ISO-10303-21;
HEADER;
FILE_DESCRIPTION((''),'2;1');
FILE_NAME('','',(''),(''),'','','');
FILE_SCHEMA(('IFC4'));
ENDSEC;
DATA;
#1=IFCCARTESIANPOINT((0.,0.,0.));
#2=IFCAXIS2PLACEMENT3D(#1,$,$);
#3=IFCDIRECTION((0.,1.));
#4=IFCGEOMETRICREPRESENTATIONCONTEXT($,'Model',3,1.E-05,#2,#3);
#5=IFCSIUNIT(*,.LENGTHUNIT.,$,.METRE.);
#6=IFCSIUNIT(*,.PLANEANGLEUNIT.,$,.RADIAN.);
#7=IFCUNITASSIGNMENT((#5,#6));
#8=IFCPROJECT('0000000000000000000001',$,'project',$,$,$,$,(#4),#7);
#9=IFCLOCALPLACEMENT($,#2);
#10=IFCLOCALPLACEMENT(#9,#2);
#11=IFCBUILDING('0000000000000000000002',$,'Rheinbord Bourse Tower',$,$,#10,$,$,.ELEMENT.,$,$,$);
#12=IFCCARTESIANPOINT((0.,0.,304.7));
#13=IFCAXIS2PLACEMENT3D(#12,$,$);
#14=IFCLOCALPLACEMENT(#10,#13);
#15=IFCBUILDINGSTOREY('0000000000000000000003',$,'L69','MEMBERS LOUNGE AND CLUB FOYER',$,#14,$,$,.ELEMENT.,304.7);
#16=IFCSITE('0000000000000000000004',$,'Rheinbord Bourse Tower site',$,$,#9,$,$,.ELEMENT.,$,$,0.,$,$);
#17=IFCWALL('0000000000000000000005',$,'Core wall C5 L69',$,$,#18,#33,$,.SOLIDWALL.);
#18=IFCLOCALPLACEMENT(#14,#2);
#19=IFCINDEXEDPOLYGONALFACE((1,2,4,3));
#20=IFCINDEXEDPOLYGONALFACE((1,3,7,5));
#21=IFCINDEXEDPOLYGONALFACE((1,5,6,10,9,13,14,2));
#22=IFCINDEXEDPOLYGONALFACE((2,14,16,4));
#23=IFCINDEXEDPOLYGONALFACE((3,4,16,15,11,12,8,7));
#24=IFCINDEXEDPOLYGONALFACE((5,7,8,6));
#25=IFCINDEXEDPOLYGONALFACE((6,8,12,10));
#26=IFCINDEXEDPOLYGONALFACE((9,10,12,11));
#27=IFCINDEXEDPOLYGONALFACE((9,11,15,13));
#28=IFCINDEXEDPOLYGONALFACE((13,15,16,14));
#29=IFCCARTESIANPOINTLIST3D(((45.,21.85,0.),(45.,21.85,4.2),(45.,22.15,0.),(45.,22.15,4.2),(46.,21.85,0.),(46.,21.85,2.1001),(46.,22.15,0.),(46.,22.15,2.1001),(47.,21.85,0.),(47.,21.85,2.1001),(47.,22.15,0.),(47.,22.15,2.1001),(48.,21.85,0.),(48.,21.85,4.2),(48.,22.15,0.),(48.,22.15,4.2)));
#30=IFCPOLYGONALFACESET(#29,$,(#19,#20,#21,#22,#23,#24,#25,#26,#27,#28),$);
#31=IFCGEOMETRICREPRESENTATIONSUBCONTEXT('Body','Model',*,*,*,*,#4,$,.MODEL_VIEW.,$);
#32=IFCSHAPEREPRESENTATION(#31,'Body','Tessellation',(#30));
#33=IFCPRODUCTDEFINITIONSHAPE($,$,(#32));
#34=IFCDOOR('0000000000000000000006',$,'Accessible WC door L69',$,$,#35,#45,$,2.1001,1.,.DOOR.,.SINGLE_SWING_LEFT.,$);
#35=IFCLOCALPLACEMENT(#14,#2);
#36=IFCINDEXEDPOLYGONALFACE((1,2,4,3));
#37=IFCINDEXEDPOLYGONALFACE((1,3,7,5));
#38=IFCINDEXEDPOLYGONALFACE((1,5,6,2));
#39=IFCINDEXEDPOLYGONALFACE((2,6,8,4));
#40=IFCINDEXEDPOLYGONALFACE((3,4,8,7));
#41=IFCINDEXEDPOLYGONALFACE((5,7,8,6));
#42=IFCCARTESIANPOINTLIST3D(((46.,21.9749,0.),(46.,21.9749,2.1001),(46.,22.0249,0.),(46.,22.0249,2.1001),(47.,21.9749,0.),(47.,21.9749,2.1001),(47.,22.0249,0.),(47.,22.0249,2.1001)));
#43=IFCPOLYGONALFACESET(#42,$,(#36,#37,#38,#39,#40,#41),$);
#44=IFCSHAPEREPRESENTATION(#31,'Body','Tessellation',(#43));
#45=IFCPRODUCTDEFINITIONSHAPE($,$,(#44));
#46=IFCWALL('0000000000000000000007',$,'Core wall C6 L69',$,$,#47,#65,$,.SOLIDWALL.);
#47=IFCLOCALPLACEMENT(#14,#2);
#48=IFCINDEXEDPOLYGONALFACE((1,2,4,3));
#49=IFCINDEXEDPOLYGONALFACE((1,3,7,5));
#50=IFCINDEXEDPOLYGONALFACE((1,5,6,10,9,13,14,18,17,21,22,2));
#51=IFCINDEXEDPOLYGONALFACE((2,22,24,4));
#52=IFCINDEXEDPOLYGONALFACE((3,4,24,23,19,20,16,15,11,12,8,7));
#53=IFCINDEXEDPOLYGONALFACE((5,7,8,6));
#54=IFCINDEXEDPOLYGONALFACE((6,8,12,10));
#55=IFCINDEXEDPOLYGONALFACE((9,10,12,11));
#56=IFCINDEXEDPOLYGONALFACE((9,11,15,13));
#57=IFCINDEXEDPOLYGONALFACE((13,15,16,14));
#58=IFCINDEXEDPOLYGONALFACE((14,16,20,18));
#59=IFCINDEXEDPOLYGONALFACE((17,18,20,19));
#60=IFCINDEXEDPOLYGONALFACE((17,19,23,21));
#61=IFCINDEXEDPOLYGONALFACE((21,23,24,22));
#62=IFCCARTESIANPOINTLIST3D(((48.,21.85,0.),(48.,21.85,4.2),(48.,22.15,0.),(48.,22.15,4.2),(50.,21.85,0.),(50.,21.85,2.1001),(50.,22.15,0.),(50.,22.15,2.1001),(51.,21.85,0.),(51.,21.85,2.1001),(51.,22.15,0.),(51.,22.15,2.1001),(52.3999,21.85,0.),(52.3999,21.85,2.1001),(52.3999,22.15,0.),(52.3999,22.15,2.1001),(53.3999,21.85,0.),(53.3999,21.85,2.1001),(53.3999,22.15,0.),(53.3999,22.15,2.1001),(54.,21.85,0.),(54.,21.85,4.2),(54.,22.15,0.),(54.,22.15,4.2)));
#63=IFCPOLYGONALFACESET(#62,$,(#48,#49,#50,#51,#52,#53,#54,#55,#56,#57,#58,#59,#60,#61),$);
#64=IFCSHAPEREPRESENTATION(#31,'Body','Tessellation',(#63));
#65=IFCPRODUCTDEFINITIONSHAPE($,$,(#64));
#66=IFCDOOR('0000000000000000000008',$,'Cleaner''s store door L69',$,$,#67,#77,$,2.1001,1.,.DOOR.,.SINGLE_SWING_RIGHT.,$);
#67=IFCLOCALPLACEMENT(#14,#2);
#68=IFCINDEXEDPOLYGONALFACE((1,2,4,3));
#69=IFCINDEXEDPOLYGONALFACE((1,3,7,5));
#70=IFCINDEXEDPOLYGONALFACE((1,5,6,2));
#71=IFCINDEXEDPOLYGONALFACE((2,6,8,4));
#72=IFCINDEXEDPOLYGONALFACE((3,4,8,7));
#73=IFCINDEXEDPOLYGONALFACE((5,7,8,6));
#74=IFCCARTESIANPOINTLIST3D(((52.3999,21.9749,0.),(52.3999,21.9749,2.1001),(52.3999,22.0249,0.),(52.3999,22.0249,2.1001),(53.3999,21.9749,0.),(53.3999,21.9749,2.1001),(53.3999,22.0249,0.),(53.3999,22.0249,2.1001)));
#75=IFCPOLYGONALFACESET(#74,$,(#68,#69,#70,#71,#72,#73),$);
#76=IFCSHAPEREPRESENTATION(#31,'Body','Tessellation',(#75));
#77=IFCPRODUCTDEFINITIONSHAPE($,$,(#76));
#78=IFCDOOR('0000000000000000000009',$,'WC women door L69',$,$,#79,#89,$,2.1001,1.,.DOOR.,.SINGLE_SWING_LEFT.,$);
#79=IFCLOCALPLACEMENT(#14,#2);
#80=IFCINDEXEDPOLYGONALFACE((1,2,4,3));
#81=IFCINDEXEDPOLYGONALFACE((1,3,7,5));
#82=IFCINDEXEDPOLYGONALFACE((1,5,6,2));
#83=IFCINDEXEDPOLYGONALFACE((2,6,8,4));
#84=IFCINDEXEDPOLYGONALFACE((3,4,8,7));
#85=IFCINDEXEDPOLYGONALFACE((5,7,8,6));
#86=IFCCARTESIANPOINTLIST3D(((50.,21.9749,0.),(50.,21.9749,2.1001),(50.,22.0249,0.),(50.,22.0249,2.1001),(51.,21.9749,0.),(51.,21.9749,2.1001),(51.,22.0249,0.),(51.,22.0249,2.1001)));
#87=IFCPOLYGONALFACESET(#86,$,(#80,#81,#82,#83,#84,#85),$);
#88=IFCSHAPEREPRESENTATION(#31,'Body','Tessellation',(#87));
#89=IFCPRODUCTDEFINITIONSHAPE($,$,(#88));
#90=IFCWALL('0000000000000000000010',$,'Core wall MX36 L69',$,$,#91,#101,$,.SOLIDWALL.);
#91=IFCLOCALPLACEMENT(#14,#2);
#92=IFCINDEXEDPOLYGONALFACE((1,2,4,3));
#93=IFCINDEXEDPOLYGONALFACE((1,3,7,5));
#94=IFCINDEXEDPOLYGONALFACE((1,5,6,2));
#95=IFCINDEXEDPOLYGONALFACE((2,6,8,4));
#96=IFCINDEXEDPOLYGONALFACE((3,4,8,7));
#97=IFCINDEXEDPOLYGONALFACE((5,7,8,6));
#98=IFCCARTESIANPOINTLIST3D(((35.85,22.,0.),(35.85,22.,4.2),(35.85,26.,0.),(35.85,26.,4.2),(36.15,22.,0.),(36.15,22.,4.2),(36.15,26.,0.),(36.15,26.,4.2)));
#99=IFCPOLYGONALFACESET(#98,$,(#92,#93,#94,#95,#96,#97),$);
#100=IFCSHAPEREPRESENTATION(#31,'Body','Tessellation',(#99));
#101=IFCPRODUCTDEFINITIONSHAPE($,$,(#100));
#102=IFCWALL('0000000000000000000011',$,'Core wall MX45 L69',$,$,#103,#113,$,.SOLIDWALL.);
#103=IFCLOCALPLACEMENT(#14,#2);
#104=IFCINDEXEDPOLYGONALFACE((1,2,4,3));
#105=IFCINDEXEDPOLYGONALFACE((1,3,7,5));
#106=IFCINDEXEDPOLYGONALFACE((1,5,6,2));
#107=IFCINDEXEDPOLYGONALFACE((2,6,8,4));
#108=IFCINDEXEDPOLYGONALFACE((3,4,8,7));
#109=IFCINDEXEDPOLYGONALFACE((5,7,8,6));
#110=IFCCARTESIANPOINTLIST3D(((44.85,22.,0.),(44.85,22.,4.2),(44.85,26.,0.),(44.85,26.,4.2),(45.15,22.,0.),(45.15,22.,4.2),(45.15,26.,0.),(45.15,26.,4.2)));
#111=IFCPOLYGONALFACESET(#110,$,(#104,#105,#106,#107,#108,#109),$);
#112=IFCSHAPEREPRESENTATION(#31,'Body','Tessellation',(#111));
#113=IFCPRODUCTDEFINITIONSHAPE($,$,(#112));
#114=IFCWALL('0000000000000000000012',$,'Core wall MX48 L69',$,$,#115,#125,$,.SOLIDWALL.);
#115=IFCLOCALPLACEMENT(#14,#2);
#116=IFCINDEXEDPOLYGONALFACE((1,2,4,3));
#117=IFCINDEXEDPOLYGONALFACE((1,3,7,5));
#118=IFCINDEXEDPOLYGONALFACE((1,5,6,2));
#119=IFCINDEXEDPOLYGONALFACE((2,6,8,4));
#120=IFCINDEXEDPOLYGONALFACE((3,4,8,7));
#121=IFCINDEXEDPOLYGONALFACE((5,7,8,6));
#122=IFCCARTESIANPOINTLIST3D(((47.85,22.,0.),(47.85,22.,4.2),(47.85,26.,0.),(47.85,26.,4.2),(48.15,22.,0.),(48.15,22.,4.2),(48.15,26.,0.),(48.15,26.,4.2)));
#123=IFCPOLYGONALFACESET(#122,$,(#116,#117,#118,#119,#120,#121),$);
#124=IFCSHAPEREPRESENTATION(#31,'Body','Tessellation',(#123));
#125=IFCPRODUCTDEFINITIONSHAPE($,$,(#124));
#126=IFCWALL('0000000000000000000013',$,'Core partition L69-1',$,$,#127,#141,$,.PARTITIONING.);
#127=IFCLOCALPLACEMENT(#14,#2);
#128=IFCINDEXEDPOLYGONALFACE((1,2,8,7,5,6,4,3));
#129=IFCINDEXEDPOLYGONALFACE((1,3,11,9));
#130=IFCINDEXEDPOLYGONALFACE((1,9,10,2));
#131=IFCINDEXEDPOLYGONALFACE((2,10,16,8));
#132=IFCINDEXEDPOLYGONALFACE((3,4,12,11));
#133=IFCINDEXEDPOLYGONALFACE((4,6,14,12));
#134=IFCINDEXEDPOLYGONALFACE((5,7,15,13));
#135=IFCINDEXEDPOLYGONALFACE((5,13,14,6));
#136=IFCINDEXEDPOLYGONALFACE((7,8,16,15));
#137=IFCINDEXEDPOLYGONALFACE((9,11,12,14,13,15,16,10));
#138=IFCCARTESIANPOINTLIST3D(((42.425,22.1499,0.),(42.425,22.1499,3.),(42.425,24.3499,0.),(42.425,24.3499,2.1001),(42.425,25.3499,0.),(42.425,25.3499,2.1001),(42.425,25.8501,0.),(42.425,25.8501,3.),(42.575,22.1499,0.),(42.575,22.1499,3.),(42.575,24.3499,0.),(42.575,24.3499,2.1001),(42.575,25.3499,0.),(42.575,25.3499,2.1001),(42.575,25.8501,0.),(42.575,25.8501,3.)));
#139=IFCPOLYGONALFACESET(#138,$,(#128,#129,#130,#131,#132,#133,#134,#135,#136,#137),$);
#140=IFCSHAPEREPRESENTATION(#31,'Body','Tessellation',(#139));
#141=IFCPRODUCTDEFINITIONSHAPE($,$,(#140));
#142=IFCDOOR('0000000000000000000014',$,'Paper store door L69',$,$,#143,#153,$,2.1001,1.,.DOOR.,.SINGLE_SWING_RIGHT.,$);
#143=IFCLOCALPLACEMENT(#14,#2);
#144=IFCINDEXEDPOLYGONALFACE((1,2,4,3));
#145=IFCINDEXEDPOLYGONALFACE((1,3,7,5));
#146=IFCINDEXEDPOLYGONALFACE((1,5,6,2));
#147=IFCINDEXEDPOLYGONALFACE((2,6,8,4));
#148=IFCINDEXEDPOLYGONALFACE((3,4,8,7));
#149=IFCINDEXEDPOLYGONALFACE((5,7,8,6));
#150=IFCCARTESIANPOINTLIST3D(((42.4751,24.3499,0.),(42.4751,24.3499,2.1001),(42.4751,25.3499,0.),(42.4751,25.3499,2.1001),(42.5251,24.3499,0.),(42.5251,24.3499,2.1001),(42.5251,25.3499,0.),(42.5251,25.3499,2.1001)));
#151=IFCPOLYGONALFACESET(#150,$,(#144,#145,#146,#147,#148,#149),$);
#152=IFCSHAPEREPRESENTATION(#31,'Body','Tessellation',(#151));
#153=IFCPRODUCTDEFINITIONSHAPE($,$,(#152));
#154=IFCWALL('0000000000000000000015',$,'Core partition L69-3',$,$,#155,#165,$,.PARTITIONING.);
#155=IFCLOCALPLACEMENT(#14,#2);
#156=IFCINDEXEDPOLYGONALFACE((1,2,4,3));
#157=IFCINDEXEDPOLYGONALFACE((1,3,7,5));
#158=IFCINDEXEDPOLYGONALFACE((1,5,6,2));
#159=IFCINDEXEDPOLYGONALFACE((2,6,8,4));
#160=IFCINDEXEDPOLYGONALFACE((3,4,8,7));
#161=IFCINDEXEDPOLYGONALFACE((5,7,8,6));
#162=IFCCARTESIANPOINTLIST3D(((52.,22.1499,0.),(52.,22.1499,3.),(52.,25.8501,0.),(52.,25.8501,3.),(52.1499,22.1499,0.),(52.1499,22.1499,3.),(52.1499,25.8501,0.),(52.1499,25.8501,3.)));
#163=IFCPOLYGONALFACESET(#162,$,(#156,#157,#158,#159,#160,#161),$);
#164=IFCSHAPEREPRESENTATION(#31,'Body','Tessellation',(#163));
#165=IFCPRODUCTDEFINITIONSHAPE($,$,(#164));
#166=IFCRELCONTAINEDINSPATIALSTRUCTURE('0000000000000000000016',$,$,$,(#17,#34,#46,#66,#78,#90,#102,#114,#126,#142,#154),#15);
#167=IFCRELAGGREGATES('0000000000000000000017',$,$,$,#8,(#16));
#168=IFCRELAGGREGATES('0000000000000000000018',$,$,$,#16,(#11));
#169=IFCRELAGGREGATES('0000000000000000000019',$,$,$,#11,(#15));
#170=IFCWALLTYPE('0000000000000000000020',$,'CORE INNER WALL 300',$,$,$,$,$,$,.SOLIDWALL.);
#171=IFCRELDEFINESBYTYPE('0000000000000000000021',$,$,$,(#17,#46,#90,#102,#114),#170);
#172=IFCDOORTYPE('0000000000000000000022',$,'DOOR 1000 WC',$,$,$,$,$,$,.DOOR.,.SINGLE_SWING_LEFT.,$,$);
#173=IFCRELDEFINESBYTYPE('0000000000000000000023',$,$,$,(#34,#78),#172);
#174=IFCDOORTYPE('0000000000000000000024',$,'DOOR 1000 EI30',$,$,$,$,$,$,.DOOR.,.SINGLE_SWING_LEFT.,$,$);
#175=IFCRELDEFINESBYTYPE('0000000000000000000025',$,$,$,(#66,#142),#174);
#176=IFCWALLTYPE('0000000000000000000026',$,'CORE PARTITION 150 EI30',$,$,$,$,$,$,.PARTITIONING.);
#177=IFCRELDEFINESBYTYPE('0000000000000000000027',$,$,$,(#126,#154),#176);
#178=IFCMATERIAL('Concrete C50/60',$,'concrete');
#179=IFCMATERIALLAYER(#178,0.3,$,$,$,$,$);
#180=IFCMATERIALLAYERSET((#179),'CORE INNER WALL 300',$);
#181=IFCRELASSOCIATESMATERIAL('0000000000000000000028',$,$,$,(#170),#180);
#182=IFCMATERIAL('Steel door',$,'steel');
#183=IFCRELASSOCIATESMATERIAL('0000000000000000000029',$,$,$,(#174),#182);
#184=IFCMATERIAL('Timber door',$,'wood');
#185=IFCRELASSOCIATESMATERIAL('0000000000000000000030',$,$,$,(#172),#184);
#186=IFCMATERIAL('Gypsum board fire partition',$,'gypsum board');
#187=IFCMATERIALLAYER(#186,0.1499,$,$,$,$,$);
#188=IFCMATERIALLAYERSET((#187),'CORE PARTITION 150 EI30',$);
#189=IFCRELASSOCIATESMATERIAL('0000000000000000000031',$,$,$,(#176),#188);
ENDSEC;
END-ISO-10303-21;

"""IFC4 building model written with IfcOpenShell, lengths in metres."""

from ifc_helpers import new_model, si_unit, direction, frame, frame_2d, origin, place, context, subcontext, project, spatial, rectangle, extrude, material, layer, layer_set, type_object, element, fill, save


model = new_model("IFC4")

# Units and contexts
model_context = context("Model", 3, precision=1e-05, world=origin(), true_north=direction((0.0, 1.0)))
body_context = subcontext(model_context, "Body", "Model", "MODEL_VIEW")
ifc_project = project(units=[si_unit("LENGTHUNIT", "METRE"), si_unit("PLANEANGLEUNIT", "RADIAN")], contexts=[model_context])

# Site, building, storey
site_placement = place(None, origin())
site = spatial("IfcSite", under=ifc_project, at=site_placement, Name="Rheinbord Bourse Tower site", CompositionType="ELEMENT", RefElevation=0.0)
building_placement = place(site_placement, origin())
building = spatial("IfcBuilding", under=site, at=building_placement, Name="Rheinbord Bourse Tower", CompositionType="ELEMENT")
storey_placement = place(building_placement, frame((0.0, 0.0, 304.7)))
storey = spatial("IfcBuildingStorey", under=building, at=storey_placement, Name="L69", Description="MEMBERS LOUNGE AND CLUB FOYER", CompositionType="ELEMENT", Elevation=304.7)

# Wall, opening, door
ifc_material_1 = material(Name="Concrete C50/60", Category="concrete")
ifc_layer_1 = layer(ifc_material_1, 0.3)
ifc_layer_set_1 = layer_set([ifc_layer_1], Name="CORE INNER WALL 300")
wall_type_1 = type_object("IfcWallType", Name="CORE INNER WALL 300", PredefinedType="SOLIDWALL", material=ifc_layer_set_1)
ifc_material_2 = material(Name="Steel door", Category="steel")
door_type_1 = type_object("IfcDoorType", Name="DOOR 1000 EI30", OperationType="SINGLE_SWING_LEFT", PredefinedType="DOOR", material=ifc_material_2)
wall_1_placement = place(storey_placement, frame((45.0, 22.0, 0.0), z_axis=(0.0, 0.0, 1.0), x_axis=(1.0, 0.0, 0.0)))
wall_1 = element("IfcWall", 1, at=wall_1_placement, inside=storey, type_object=wall_type_1, Name="Core wall C5 L69", PredefinedType="SOLIDWALL", context=body_context, shape_type="SweptSolid", body=[
    extrude(rectangle(XDim=3.0, YDim=0.3, at=frame_2d((1.5, 0.0))), origin(), (0.0, 0.0, 1.0), 4.2),
])
opening_1_placement = place(wall_1_placement, frame((1.0, 0.0, 0.0)))
opening_1 = element("IfcOpeningElement", 2, at=opening_1_placement, cuts=wall_1, PredefinedType="OPENING", context=body_context, shape_type="SweptSolid", body=[
    extrude(rectangle(XDim=1.0, YDim=2.1001, at=frame_2d((0.5, 1.05))), frame((0.0, 0.1599, 0.0), z_axis=(0.0, -1.0, 0.0), x_axis=(1.0, 0.0, 0.0)), (0.0, 0.0, 1.0), 0.3201),
])
ifc_material_3 = material(Name="Timber door", Category="wood")
door_type_2 = type_object("IfcDoorType", Name="DOOR 1000 WC", OperationType="SINGLE_SWING_LEFT", PredefinedType="DOOR", material=ifc_material_3)
door_1_placement = place(opening_1_placement, origin())
door_1 = element("IfcDoor", 3, at=door_1_placement, inside=storey, type_object=door_type_2, Name="Accessible WC door L69", OperationType="SINGLE_SWING_LEFT", OverallHeight=2.1001, OverallWidth=1.0, PredefinedType="DOOR", context=body_context, shape_type="SweptSolid", body=[
    extrude(rectangle(XDim=1.0, YDim=2.1001, at=frame_2d((0.5, 1.05))), frame((0.0, 0.0249, 0.0), z_axis=(0.0, -1.0, 0.0), x_axis=(1.0, 0.0, 0.0)), (0.0, 0.0, 1.0), 0.05),
])
fill(opening_1, door_1)

# Wall, openings, doors
wall_2_placement = place(storey_placement, frame((48.0, 22.0, 0.0), z_axis=(0.0, 0.0, 1.0), x_axis=(1.0, 0.0, 0.0)))
wall_2 = element("IfcWall", 4, at=wall_2_placement, inside=storey, type_object=wall_type_1, Name="Core wall C6 L69", PredefinedType="SOLIDWALL", context=body_context, shape_type="SweptSolid", body=[
    extrude(rectangle(XDim=6.0, YDim=0.3, at=frame_2d((3.0, 0.0))), origin(), (0.0, 0.0, 1.0), 4.2),
])
opening_2_placement = place(wall_2_placement, frame((2.0, 0.0, 0.0)))
opening_2 = element("IfcOpeningElement", 5, at=opening_2_placement, cuts=wall_2, PredefinedType="OPENING", context=body_context, shape_type="SweptSolid", body=[
    extrude(rectangle(XDim=1.0, YDim=2.1001, at=frame_2d((0.5, 1.05))), frame((0.0, 0.1599, 0.0), z_axis=(0.0, -1.0, 0.0), x_axis=(1.0, 0.0, 0.0)), (0.0, 0.0, 1.0), 0.3201),
])
opening_3_placement = place(wall_2_placement, frame((4.3999, 0.0, 0.0)))
opening_3 = element("IfcOpeningElement", 6, at=opening_3_placement, cuts=wall_2, PredefinedType="OPENING", context=body_context, shape_type="SweptSolid", body=[
    extrude(rectangle(XDim=1.0, YDim=2.1001, at=frame_2d((0.5, 1.05))), frame((0.0, 0.1599, 0.0), z_axis=(0.0, -1.0, 0.0), x_axis=(1.0, 0.0, 0.0)), (0.0, 0.0, 1.0), 0.3201),
])
door_2_placement = place(opening_3_placement, origin())
door_2 = element("IfcDoor", 7, at=door_2_placement, inside=storey, type_object=door_type_1, Name="Cleaner's store door L69", OperationType="SINGLE_SWING_RIGHT", OverallHeight=2.1001, OverallWidth=1.0, PredefinedType="DOOR", context=body_context, shape_type="SweptSolid", body=[
    extrude(rectangle(XDim=1.0, YDim=2.1001, at=frame_2d((0.5, 1.05))), frame((0.0, 0.0249, 0.0), z_axis=(0.0, -1.0, 0.0), x_axis=(1.0, 0.0, 0.0)), (0.0, 0.0, 1.0), 0.05),
])
fill(opening_3, door_2)
door_3_placement = place(opening_2_placement, origin())
door_3 = element("IfcDoor", 8, at=door_3_placement, inside=storey, type_object=door_type_2, Name="WC women door L69", OperationType="SINGLE_SWING_LEFT", OverallHeight=2.1001, OverallWidth=1.0, PredefinedType="DOOR", context=body_context, shape_type="SweptSolid", body=[
    extrude(rectangle(XDim=1.0, YDim=2.1001, at=frame_2d((0.5, 1.05))), frame((0.0, 0.0249, 0.0), z_axis=(0.0, -1.0, 0.0), x_axis=(1.0, 0.0, 0.0)), (0.0, 0.0, 1.0), 0.05),
])
fill(opening_2, door_3)

# Walls
for number, where, z_axis, x_axis, name in (
    (9, (36.0, 22.0, 0.0), (0.0, 0.0, 1.0), (0.0, 1.0, 0.0), "Core wall MX36 L69"),
    (10, (45.0, 22.0, 0.0), (0.0, 0.0, 1.0), (0.0, 1.0, 0.0), "Core wall MX45 L69"),
    (11, (48.0, 22.0, 0.0), (0.0, 0.0, 1.0), (0.0, 1.0, 0.0), "Core wall MX48 L69"),
):
    element("IfcWall", number, at=place(storey_placement, frame(where, z_axis=z_axis, x_axis=x_axis)), inside=storey, type_object=wall_type_1, Name=name, PredefinedType="SOLIDWALL", context=body_context, shape_type="SweptSolid", body=[
        extrude(rectangle(XDim=4.0, YDim=0.3, at=frame_2d((2.0, 0.0))), origin(), (0.0, 0.0, 1.0), 4.2),
    ])

# Wall, opening, door
ifc_material_4 = material(Name="Gypsum board fire partition", Category="gypsum board")
ifc_layer_2 = layer(ifc_material_4, 0.1499)
ifc_layer_set_2 = layer_set([ifc_layer_2], Name="CORE PARTITION 150 EI30")
wall_type_2 = type_object("IfcWallType", Name="CORE PARTITION 150 EI30", PredefinedType="PARTITIONING", material=ifc_layer_set_2)
wall_3_placement = place(storey_placement, frame((42.5, 22.1499, 0.0), z_axis=(0.0, 0.0, 1.0), x_axis=(0.0, 1.0, 0.0)))
wall_3 = element("IfcWall", 12, at=wall_3_placement, inside=storey, type_object=wall_type_2, Name="Core partition L69-1", PredefinedType="PARTITIONING", context=body_context, shape_type="SweptSolid", body=[
    extrude(rectangle(XDim=3.7002, YDim=0.1499, at=frame_2d((1.8501, 0.0))), origin(), (0.0, 0.0, 1.0), 3.0),
])
opening_4_placement = place(wall_3_placement, frame((2.2, 0.0, 0.0)))
opening_4 = element("IfcOpeningElement", 13, at=opening_4_placement, cuts=wall_3, PredefinedType="OPENING", context=body_context, shape_type="SweptSolid", body=[
    extrude(rectangle(XDim=1.0, YDim=2.1001, at=frame_2d((0.5, 1.05))), frame((0.0, 0.085, 0.0), z_axis=(0.0, -1.0, 0.0), x_axis=(1.0, 0.0, 0.0)), (0.0, 0.0, 1.0), 0.1699),
])
door_4_placement = place(opening_4_placement, origin())
door_4 = element("IfcDoor", 14, at=door_4_placement, inside=storey, type_object=door_type_1, Name="Paper store door L69", OperationType="SINGLE_SWING_RIGHT", OverallHeight=2.1001, OverallWidth=1.0, PredefinedType="DOOR", context=body_context, shape_type="SweptSolid", body=[
    extrude(rectangle(XDim=1.0, YDim=2.1001, at=frame_2d((0.5, 1.05))), frame((0.0, 0.0249, 0.0), z_axis=(0.0, -1.0, 0.0), x_axis=(1.0, 0.0, 0.0)), (0.0, 0.0, 1.0), 0.05),
])
fill(opening_4, door_4)

# Wall
wall_4_placement = place(storey_placement, frame((52.075, 22.1499, 0.0), z_axis=(0.0, 0.0, 1.0), x_axis=(0.0, 1.0, 0.0)))
element("IfcWall", 15, at=wall_4_placement, inside=storey, type_object=wall_type_2, Name="Core partition L69-3", PredefinedType="PARTITIONING", context=body_context, shape_type="SweptSolid", body=[
    extrude(rectangle(XDim=3.7002, YDim=0.1499, at=frame_2d((1.8501, 0.0))), origin(), (0.0, 0.0, 1.0), 3.0),
])

save(model, "model.ifc")
